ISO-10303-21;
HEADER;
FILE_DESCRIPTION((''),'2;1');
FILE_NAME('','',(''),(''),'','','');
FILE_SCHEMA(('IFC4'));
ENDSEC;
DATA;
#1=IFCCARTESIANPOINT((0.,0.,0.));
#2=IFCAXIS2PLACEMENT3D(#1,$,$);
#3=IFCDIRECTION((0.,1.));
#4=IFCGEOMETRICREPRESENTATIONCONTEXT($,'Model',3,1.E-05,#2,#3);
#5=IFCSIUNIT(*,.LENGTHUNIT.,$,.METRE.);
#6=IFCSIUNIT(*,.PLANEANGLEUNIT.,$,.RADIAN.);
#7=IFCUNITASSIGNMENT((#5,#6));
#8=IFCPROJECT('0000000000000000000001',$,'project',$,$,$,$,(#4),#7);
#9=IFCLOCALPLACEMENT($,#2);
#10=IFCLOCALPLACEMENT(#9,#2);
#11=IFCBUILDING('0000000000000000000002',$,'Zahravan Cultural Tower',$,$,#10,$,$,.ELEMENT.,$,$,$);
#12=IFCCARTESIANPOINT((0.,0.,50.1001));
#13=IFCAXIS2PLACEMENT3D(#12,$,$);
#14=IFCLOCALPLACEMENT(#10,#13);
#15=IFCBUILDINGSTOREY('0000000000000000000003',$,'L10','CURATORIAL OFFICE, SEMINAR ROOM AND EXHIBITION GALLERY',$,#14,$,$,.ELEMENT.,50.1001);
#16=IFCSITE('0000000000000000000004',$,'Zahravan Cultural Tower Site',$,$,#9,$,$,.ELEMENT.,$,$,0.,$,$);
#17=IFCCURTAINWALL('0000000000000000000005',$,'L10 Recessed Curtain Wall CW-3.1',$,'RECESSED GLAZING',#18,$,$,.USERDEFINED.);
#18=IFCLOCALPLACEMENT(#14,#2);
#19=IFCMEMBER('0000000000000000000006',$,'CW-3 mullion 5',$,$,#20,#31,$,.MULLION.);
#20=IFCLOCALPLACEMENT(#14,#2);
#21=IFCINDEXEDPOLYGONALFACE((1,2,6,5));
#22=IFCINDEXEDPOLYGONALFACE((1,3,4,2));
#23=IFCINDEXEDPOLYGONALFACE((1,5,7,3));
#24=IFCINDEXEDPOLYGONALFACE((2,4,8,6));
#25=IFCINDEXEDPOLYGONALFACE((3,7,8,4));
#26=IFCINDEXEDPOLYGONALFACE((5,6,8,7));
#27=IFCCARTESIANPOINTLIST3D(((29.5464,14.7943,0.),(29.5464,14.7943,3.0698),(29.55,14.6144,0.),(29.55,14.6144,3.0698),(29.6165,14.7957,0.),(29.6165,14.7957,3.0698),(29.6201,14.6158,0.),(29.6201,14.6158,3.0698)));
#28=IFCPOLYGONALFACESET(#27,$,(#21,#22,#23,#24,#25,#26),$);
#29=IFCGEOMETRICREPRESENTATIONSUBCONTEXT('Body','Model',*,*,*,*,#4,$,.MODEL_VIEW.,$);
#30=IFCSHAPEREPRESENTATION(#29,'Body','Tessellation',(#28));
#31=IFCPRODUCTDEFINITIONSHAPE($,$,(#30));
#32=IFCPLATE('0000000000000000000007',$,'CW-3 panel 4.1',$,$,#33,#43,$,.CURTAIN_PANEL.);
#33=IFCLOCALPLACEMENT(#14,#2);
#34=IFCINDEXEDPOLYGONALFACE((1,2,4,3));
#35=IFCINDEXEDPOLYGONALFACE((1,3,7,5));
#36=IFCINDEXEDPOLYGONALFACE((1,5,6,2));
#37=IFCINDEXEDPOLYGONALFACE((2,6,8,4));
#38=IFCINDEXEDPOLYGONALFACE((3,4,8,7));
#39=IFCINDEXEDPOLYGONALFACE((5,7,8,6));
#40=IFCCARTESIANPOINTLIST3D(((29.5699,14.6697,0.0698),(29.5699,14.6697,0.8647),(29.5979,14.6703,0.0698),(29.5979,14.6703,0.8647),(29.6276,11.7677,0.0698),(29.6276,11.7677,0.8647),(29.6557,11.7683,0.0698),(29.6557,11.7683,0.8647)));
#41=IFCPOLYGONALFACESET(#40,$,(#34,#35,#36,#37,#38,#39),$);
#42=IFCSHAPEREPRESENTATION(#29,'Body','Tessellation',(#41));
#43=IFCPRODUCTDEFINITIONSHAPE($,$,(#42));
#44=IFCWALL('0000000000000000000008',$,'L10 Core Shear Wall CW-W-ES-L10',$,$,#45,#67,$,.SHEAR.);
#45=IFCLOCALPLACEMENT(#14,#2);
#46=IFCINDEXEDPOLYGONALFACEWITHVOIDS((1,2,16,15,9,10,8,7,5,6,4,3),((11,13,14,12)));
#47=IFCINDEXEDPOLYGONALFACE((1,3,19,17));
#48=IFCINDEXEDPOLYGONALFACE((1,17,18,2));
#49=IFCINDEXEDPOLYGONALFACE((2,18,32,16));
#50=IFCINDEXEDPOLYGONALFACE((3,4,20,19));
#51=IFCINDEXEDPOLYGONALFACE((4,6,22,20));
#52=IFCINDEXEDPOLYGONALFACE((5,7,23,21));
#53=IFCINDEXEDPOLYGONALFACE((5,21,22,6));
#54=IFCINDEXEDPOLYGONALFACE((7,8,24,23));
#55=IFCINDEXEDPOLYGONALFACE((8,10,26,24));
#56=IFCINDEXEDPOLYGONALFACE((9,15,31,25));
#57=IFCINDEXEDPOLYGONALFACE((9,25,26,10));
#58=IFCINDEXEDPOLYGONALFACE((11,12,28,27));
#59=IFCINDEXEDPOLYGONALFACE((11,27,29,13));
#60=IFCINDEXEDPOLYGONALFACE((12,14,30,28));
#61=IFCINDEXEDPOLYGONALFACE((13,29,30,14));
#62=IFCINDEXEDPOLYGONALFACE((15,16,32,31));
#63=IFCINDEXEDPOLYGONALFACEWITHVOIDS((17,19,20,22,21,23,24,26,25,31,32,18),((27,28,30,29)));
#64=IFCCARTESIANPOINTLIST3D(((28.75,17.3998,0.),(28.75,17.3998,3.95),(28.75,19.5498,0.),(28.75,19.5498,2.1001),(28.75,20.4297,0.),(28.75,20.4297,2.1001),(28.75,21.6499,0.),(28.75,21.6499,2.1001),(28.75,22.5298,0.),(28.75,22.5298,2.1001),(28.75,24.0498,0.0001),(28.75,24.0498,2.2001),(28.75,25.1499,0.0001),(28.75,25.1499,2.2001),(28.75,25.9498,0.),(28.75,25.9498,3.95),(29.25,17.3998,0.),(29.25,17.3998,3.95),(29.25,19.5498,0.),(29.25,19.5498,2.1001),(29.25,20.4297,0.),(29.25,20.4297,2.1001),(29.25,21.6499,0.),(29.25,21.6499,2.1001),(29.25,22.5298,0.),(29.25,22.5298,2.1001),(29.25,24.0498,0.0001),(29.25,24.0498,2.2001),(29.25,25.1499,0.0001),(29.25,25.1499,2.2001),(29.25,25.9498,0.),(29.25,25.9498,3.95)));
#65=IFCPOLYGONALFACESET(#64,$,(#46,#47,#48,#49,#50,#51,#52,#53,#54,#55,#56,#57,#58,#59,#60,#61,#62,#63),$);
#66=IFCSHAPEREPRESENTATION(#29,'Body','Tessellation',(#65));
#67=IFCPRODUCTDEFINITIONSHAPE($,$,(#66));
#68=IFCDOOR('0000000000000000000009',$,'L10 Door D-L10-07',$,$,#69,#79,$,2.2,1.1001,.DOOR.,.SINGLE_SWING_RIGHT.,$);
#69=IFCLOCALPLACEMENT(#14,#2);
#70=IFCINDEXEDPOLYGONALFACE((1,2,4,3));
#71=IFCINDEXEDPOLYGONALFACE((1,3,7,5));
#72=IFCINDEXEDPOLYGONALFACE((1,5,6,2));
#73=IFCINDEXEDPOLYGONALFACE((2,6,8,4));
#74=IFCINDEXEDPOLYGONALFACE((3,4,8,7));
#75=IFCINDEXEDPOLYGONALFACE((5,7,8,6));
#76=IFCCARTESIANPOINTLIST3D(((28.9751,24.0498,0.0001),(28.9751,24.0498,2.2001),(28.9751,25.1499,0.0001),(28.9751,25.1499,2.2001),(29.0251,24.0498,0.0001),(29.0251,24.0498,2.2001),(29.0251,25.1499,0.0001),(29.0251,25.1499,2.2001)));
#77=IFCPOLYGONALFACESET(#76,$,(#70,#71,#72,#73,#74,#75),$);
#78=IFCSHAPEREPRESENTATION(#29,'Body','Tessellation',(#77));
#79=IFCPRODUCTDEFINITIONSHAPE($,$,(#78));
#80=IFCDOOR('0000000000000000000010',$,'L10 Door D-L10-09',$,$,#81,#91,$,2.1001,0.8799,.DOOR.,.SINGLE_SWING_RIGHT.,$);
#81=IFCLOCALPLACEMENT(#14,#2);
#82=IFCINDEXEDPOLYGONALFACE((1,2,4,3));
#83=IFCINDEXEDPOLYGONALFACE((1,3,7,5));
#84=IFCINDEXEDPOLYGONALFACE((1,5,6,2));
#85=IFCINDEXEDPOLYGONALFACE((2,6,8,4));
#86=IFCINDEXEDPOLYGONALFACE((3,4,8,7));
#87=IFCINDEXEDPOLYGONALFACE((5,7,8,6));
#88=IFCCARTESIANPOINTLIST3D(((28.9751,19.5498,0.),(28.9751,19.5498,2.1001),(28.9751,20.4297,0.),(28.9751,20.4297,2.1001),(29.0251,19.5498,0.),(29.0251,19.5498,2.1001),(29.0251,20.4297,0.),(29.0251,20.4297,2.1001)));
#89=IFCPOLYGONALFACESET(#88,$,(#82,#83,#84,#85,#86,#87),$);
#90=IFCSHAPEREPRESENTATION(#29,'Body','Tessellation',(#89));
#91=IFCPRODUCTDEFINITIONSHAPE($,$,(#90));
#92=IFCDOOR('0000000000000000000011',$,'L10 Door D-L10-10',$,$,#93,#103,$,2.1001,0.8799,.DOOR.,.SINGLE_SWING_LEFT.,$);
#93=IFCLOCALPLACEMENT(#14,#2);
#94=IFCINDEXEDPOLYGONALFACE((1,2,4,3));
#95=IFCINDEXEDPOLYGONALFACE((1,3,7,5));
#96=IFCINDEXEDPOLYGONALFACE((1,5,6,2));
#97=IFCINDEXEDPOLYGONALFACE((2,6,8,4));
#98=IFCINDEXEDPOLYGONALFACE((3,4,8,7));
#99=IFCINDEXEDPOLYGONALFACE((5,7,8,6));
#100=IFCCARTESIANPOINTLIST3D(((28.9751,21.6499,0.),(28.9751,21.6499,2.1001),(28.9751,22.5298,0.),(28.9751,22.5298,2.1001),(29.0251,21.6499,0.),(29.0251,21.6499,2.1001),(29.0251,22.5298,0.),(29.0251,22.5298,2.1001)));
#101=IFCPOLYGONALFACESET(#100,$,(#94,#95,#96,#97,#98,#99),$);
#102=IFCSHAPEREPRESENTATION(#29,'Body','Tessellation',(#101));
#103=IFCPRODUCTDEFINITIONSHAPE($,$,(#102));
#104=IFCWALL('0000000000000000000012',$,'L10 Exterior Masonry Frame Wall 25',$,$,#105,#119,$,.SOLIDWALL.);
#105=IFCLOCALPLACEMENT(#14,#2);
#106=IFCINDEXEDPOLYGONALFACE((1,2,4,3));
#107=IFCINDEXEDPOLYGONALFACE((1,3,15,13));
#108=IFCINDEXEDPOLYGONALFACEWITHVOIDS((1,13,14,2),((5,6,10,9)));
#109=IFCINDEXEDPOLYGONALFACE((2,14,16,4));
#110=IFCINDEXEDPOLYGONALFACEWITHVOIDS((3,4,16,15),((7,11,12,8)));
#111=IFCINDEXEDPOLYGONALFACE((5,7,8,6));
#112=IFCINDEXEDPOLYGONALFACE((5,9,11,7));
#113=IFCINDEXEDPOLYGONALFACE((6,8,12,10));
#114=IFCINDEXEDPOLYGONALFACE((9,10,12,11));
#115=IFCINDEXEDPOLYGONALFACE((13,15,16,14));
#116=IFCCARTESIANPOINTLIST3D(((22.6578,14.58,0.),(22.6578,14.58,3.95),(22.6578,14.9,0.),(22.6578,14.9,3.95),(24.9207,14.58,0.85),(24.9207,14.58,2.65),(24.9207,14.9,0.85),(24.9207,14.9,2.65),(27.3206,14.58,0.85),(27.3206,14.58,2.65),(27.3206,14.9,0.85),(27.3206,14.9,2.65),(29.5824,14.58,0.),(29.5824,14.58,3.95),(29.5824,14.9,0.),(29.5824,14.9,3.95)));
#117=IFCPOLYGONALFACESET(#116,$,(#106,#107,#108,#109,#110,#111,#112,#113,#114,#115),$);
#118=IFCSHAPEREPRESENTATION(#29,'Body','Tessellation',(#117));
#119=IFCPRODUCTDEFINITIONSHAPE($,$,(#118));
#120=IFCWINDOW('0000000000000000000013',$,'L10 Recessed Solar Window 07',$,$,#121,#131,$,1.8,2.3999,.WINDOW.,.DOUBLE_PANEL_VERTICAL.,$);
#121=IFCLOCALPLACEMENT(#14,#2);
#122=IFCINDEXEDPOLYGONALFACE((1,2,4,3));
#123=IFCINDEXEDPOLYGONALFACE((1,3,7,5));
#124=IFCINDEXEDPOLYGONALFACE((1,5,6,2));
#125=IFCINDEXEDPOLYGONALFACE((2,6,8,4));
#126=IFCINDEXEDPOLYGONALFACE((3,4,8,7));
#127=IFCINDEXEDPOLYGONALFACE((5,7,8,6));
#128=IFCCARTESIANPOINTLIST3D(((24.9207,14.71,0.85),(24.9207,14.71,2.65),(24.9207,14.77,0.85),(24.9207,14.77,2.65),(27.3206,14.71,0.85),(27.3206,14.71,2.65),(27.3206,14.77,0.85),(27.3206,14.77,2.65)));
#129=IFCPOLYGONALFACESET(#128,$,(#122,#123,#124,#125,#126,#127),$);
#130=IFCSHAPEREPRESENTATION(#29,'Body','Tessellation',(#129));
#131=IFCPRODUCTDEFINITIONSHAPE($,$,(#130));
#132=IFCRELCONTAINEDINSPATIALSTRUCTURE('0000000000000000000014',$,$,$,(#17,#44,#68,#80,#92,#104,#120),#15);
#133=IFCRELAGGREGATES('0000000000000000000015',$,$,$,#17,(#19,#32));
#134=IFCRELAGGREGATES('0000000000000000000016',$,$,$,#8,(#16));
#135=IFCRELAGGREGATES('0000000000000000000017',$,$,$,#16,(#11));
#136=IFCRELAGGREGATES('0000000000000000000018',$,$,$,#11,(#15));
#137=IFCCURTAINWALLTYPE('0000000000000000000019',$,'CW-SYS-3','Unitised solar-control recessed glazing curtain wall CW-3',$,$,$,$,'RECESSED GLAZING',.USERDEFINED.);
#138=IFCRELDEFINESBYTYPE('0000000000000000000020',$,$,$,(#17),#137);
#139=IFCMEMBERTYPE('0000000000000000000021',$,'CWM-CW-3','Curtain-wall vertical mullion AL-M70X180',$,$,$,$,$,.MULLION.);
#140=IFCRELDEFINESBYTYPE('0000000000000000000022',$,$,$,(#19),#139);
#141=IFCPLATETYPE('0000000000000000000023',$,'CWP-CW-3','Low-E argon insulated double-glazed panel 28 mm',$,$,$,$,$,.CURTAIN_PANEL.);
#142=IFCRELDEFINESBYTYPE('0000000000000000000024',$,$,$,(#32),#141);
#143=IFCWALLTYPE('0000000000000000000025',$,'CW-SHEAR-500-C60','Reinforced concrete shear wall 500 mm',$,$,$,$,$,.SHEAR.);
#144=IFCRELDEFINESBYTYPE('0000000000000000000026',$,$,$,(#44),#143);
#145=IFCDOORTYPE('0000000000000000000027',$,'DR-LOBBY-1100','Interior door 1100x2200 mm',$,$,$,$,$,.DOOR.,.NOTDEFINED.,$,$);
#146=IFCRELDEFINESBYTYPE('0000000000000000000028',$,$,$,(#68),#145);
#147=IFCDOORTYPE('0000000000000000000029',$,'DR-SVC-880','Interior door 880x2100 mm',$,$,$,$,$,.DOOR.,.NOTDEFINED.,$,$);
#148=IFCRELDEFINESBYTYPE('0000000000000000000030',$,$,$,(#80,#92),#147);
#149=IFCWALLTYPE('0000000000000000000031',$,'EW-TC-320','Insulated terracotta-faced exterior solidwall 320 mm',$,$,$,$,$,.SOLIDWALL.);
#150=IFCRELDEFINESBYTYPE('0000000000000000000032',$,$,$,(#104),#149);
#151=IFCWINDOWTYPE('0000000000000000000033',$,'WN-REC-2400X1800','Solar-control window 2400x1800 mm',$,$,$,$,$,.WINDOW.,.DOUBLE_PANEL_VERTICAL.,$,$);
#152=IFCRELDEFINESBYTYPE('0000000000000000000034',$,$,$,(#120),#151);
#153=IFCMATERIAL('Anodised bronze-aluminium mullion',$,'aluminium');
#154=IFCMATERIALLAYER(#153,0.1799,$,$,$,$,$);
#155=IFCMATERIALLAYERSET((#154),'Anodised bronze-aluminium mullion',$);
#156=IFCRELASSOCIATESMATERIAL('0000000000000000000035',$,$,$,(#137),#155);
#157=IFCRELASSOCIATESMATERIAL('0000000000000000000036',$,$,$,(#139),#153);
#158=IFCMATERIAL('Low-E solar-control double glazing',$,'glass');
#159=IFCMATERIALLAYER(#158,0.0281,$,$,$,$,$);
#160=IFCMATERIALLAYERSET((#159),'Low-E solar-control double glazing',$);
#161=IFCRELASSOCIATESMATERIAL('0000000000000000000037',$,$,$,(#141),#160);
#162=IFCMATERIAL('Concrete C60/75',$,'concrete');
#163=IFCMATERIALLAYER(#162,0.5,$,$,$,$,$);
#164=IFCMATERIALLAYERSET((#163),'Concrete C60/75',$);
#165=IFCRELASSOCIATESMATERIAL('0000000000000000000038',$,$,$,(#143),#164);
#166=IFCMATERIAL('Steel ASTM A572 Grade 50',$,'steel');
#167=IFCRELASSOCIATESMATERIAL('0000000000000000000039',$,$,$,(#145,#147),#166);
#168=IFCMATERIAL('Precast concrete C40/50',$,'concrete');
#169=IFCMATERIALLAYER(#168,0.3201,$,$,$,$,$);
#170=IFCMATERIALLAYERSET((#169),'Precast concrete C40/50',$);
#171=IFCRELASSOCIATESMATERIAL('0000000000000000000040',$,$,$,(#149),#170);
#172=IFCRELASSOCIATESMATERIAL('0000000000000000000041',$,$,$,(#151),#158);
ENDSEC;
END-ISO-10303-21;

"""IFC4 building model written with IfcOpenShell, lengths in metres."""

from ifc_helpers import new_model, si_unit, direction, frame, frame_2d, origin, origin_2d, place, context, subcontext, project, spatial, rectangle, extrude, source, transform, mapped, material, layer, layer_set, material_profile, profile_set, type_object, element, fill, aggregate, save


model = new_model("IFC4")

# Units and contexts
model_context = context("Model", 3, precision=1e-05, world=origin(), true_north=direction((0.0, 1.0)))
body_context = subcontext(model_context, "Body", "Model", "MODEL_VIEW")
ifc_project = project(units=[si_unit("LENGTHUNIT", "METRE"), si_unit("PLANEANGLEUNIT", "RADIAN")], contexts=[model_context])

# Site, building, storey
site_placement = place(None, origin())
site = spatial("IfcSite", under=ifc_project, at=site_placement, Name="Zahravan Cultural Tower Site", CompositionType="ELEMENT", RefElevation=0.0)
building_placement = place(site_placement, origin())
building = spatial("IfcBuilding", under=site, at=building_placement, Name="Zahravan Cultural Tower", CompositionType="ELEMENT")
storey_placement = place(building_placement, frame((0.0, 0.0, 50.1001)))
storey = spatial("IfcBuildingStorey", under=building, at=storey_placement, Name="L10", Description="CURATORIAL OFFICE, SEMINAR ROOM AND EXHIBITION GALLERY", CompositionType="ELEMENT", Elevation=50.1001)

# Shared definitions
ifc_material_1 = material(Name="Concrete C60/75", Category="concrete")

# Curtain wall, member, plate
ifc_material_2 = material(Name="Anodised bronze-aluminium mullion", Category="aluminium")
ifc_layer_1 = layer(ifc_material_2, 0.1799)
ifc_layer_set_1 = layer_set([ifc_layer_1], Name="Anodised bronze-aluminium mullion")
curtain_wall_type = type_object("IfcCurtainWallType", Name="CW-SYS-3", Description="Unitised solar-control recessed glazing curtain wall CW-3", ElementType="RECESSED GLAZING", PredefinedType="USERDEFINED", material=ifc_layer_set_1)
curtain_wall_placement = place(storey_placement, origin())
curtain_wall = element("IfcCurtainWall", 1, at=curtain_wall_placement, inside=storey, type_object=curtain_wall_type, Name="L10 Recessed Curtain Wall CW-3.1", ObjectType="RECESSED GLAZING", PredefinedType="USERDEFINED")
ifc_material_profile_1 = material_profile(ifc_material_2, rectangle(XDim=0.0701, YDim=0.1799, at=origin_2d()), Name="AL-M70X180")
ifc_profile_set_1 = profile_set([ifc_material_profile_1], Name="Anodised bronze-aluminium mullion")
member_type = type_object("IfcMemberType", Name="CWM-CW-3", Description="Curtain-wall vertical mullion AL-M70X180", PredefinedType="MULLION", material=ifc_profile_set_1)
shared_shape_1 = source(origin(), body_context, "Body", "SweptSolid", [
    extrude(rectangle(XDim=0.0701, YDim=0.1799, at=origin_2d()), origin(), (0.0, 0.0, 1.0), 3.0698),
])
member_placement = place(storey_placement, frame((29.5833, 14.7051, 0.0), z_axis=(0.0, 0.0, 1.0), x_axis=(-0.999802, -0.0199, 0.0)))
member = element("IfcMember", 2, at=member_placement, type_object=member_type, Name="CW-3 mullion 5", PredefinedType="MULLION", context=body_context, shape_type="MappedRepresentation", body=[
    mapped(shared_shape_1, transform((0.0, 0.0, 0.0), x_axis=(1.0, 0.0, 0.0), y_axis=(0.0, 1.0, 0.0), z_axis=(0.0, 0.0, 1.0), scale=1.0)),
])
ifc_material_3 = material(Name="Low-E solar-control double glazing", Category="glass")
ifc_layer_2 = layer(ifc_material_3, 0.0281)
ifc_layer_set_2 = layer_set([ifc_layer_2], Name="Low-E solar-control double glazing")
plate_type = type_object("IfcPlateType", Name="CWP-CW-3", Description="Low-E argon insulated double-glazed panel 28 mm", PredefinedType="CURTAIN_PANEL", material=ifc_layer_set_2)
shared_shape_2 = source(origin(), body_context, "Body", "SweptSolid", [
    extrude(rectangle(XDim=2.9026, YDim=0.0281, at=origin_2d()), origin(), (0.0, 0.0, 1.0), 0.7949),
])
plate_placement = place(storey_placement, frame((29.6128, 13.219, 0.0698), z_axis=(0.0, 0.0, 1.0), x_axis=(-0.0199, 0.999802, 0.0)))
plate = element("IfcPlate", 3, at=plate_placement, type_object=plate_type, Name="CW-3 panel 4.1", PredefinedType="CURTAIN_PANEL", context=body_context, shape_type="MappedRepresentation", body=[
    mapped(shared_shape_2, transform((0.0, 0.0, 0.0), x_axis=(1.0, 0.0, 0.0), y_axis=(0.0, 1.0, 0.0), z_axis=(0.0, 0.0, 1.0), scale=1.0)),
])
aggregate(curtain_wall, [member, plate])

# Wall, openings, doors
ifc_layer_3 = layer(ifc_material_1, 0.5)
ifc_layer_set_3 = layer_set([ifc_layer_3], Name="Concrete C60/75")
wall_type_1 = type_object("IfcWallType", Name="CW-SHEAR-500-C60", Description="Reinforced concrete shear wall 500 mm", PredefinedType="SHEAR", material=ifc_layer_set_3)
wall_1_placement = place(storey_placement, frame((29.0, 17.3999, 0.0), z_axis=(0.0, 0.0, 1.0), x_axis=(0.0, 1.0, 0.0)))
wall_1 = element("IfcWall", 4, at=wall_1_placement, inside=storey, type_object=wall_type_1, Name="L10 Core Shear Wall CW-W-ES-L10", PredefinedType="SHEAR", context=body_context, shape_type="SweptSolid", body=[
    extrude(rectangle(XDim=8.55, YDim=0.5, at=frame_2d((4.2749, 0.0))), origin(), (0.0, 0.0, 1.0), 3.95),
])
opening_1_placement = place(wall_1_placement, frame((6.6499, 0.0, 0.0)))
opening_1 = element("IfcOpeningElement", 5, at=opening_1_placement, cuts=wall_1, PredefinedType="OPENING", context=body_context, shape_type="SweptSolid", body=[
    extrude(rectangle(XDim=1.1001, YDim=2.2, at=frame_2d((0.55, 1.1001))), frame((0.0, 0.26, 0.0), z_axis=(0.0, -1.0, 0.0), x_axis=(1.0, 0.0, 0.0)), (0.0, 0.0, 1.0), 0.52),
])
opening_2_placement = place(wall_1_placement, frame((2.1499, 0.0, 0.0)))
opening_2 = element("IfcOpeningElement", 6, at=opening_2_placement, cuts=wall_1, PredefinedType="OPENING", context=body_context, shape_type="SweptSolid", body=[
    extrude(rectangle(XDim=0.8799, YDim=2.1001, at=frame_2d((0.4399, 1.05))), frame((0.0, 0.26, 0.0), z_axis=(0.0, -1.0, 0.0), x_axis=(1.0, 0.0, 0.0)), (0.0, 0.0, 1.0), 0.52),
])
opening_3_placement = place(wall_1_placement, frame((4.25, 0.0, 0.0)))
opening_3 = element("IfcOpeningElement", 7, at=opening_3_placement, cuts=wall_1, PredefinedType="OPENING", context=body_context, shape_type="SweptSolid", body=[
    extrude(rectangle(XDim=0.8799, YDim=2.1001, at=frame_2d((0.4399, 1.05))), frame((0.0, 0.26, 0.0), z_axis=(0.0, -1.0, 0.0), x_axis=(1.0, 0.0, 0.0)), (0.0, 0.0, 1.0), 0.52),
])
ifc_material_4 = material(Name="Steel ASTM A572 Grade 50", Category="steel")
door_type_1 = type_object("IfcDoorType", Name="DR-LOBBY-1100", Description="Interior door 1100x2200 mm", OperationType="NOTDEFINED", PredefinedType="DOOR", material=ifc_material_4)
shared_shape_3 = source(origin(), body_context, "Body", "SweptSolid", [
    extrude(rectangle(XDim=1.1001, YDim=2.2, at=frame_2d((0.55, 1.1001))), frame((0.0, 0.0249, 0.0), z_axis=(0.0, -1.0, 0.0), x_axis=(1.0, 0.0, 0.0)), (0.0, 0.0, 1.0), 0.05),
])
door_1_placement = place(opening_1_placement, origin())
door_1 = element("IfcDoor", 8, at=door_1_placement, inside=storey, type_object=door_type_1, Name="L10 Door D-L10-07", OperationType="SINGLE_SWING_RIGHT", OverallHeight=2.2, OverallWidth=1.1001, PredefinedType="DOOR", context=body_context, shape_type="MappedRepresentation", body=[
    mapped(shared_shape_3, transform((0.0, 0.0, 0.0), x_axis=(1.0, 0.0, 0.0), y_axis=(0.0, 1.0, 0.0), z_axis=(0.0, 0.0, 1.0), scale=1.0)),
])
fill(opening_1, door_1)
door_type_2 = type_object("IfcDoorType", Name="DR-SVC-880", Description="Interior door 880x2100 mm", OperationType="NOTDEFINED", PredefinedType="DOOR", material=ifc_material_4)
shared_shape_4 = source(origin(), body_context, "Body", "SweptSolid", [
    extrude(rectangle(XDim=0.8799, YDim=2.1001, at=frame_2d((0.4399, 1.05))), frame((0.0, 0.0249, 0.0), z_axis=(0.0, -1.0, 0.0), x_axis=(1.0, 0.0, 0.0)), (0.0, 0.0, 1.0), 0.05),
])
door_2_placement = place(opening_2_placement, origin())
door_2 = element("IfcDoor", 9, at=door_2_placement, inside=storey, type_object=door_type_2, Name="L10 Door D-L10-09", OperationType="SINGLE_SWING_RIGHT", OverallHeight=2.1001, OverallWidth=0.8799, PredefinedType="DOOR", context=body_context, shape_type="MappedRepresentation", body=[
    mapped(shared_shape_4, transform((0.0, 0.0, 0.0), x_axis=(1.0, 0.0, 0.0), y_axis=(0.0, 1.0, 0.0), z_axis=(0.0, 0.0, 1.0), scale=1.0)),
])
fill(opening_2, door_2)
door_3_placement = place(opening_3_placement, origin())
door_3 = element("IfcDoor", 10, at=door_3_placement, inside=storey, type_object=door_type_2, Name="L10 Door D-L10-10", OperationType="SINGLE_SWING_LEFT", OverallHeight=2.1001, OverallWidth=0.8799, PredefinedType="DOOR", context=body_context, shape_type="MappedRepresentation", body=[
    mapped(shared_shape_4, transform((0.0, 0.0, 0.0), x_axis=(1.0, 0.0, 0.0), y_axis=(0.0, 1.0, 0.0), z_axis=(0.0, 0.0, 1.0), scale=1.0)),
])
fill(opening_3, door_3)

# Wall, opening, window
ifc_material_5 = material(Name="Precast concrete C40/50", Category="concrete")
ifc_layer_4 = layer(ifc_material_5, 0.3201)
ifc_layer_set_4 = layer_set([ifc_layer_4], Name="Precast concrete C40/50")
wall_type_2 = type_object("IfcWallType", Name="EW-TC-320", Description="Insulated terracotta-faced exterior solidwall 320 mm", PredefinedType="SOLIDWALL", material=ifc_layer_set_4)
wall_2_placement = place(storey_placement, frame((29.5825, 14.74, 0.0), z_axis=(0.0, 0.0, 1.0), x_axis=(-1.0, 0.0, 0.0)))
wall_2 = element("IfcWall", 11, at=wall_2_placement, inside=storey, type_object=wall_type_2, Name="L10 Exterior Masonry Frame Wall 25", PredefinedType="SOLIDWALL", context=body_context, shape_type="SweptSolid", body=[
    extrude(rectangle(XDim=6.9246, YDim=0.3201, at=frame_2d((3.4624, 0.0))), origin(), (0.0, 0.0, 1.0), 3.95),
])
opening_4_placement = place(wall_2_placement, frame((2.262, 0.0, 0.8501)))
opening_4 = element("IfcOpeningElement", 12, at=opening_4_placement, cuts=wall_2, PredefinedType="OPENING", context=body_context, shape_type="SweptSolid", body=[
    extrude(rectangle(XDim=2.3999, YDim=1.8, at=frame_2d((1.2, 0.8999))), frame((0.0, 0.1699, 0.0), z_axis=(0.0, -1.0, 0.0), x_axis=(1.0, 0.0, 0.0)), (0.0, 0.0, 1.0), 0.3401),
])
window_type = type_object("IfcWindowType", Name="WN-REC-2400X1800", Description="Solar-control window 2400x1800 mm", PartitioningType="DOUBLE_PANEL_VERTICAL", PredefinedType="WINDOW", material=ifc_material_3)
shared_shape_5 = source(origin(), body_context, "Body", "SweptSolid", [
    extrude(rectangle(XDim=2.3999, YDim=1.8, at=frame_2d((1.2, 0.8999))), frame((0.0, 0.03, 0.0), z_axis=(0.0, -1.0, 0.0), x_axis=(1.0, 0.0, 0.0)), (0.0, 0.0, 1.0), 0.0601),
])
window_1_placement = place(opening_4_placement, origin())
window_1 = element("IfcWindow", 13, at=window_1_placement, inside=storey, type_object=window_type, Name="L10 Recessed Solar Window 07", OverallHeight=1.8, OverallWidth=2.3999, PartitioningType="DOUBLE_PANEL_VERTICAL", PredefinedType="WINDOW", context=body_context, shape_type="MappedRepresentation", body=[
    mapped(shared_shape_5, transform((0.0, 0.0, 0.0), x_axis=(1.0, 0.0, 0.0), y_axis=(0.0, 1.0, 0.0), z_axis=(0.0, 0.0, 1.0), scale=1.0)),
])
fill(opening_4, window_1)

save(model, "model.ifc")
